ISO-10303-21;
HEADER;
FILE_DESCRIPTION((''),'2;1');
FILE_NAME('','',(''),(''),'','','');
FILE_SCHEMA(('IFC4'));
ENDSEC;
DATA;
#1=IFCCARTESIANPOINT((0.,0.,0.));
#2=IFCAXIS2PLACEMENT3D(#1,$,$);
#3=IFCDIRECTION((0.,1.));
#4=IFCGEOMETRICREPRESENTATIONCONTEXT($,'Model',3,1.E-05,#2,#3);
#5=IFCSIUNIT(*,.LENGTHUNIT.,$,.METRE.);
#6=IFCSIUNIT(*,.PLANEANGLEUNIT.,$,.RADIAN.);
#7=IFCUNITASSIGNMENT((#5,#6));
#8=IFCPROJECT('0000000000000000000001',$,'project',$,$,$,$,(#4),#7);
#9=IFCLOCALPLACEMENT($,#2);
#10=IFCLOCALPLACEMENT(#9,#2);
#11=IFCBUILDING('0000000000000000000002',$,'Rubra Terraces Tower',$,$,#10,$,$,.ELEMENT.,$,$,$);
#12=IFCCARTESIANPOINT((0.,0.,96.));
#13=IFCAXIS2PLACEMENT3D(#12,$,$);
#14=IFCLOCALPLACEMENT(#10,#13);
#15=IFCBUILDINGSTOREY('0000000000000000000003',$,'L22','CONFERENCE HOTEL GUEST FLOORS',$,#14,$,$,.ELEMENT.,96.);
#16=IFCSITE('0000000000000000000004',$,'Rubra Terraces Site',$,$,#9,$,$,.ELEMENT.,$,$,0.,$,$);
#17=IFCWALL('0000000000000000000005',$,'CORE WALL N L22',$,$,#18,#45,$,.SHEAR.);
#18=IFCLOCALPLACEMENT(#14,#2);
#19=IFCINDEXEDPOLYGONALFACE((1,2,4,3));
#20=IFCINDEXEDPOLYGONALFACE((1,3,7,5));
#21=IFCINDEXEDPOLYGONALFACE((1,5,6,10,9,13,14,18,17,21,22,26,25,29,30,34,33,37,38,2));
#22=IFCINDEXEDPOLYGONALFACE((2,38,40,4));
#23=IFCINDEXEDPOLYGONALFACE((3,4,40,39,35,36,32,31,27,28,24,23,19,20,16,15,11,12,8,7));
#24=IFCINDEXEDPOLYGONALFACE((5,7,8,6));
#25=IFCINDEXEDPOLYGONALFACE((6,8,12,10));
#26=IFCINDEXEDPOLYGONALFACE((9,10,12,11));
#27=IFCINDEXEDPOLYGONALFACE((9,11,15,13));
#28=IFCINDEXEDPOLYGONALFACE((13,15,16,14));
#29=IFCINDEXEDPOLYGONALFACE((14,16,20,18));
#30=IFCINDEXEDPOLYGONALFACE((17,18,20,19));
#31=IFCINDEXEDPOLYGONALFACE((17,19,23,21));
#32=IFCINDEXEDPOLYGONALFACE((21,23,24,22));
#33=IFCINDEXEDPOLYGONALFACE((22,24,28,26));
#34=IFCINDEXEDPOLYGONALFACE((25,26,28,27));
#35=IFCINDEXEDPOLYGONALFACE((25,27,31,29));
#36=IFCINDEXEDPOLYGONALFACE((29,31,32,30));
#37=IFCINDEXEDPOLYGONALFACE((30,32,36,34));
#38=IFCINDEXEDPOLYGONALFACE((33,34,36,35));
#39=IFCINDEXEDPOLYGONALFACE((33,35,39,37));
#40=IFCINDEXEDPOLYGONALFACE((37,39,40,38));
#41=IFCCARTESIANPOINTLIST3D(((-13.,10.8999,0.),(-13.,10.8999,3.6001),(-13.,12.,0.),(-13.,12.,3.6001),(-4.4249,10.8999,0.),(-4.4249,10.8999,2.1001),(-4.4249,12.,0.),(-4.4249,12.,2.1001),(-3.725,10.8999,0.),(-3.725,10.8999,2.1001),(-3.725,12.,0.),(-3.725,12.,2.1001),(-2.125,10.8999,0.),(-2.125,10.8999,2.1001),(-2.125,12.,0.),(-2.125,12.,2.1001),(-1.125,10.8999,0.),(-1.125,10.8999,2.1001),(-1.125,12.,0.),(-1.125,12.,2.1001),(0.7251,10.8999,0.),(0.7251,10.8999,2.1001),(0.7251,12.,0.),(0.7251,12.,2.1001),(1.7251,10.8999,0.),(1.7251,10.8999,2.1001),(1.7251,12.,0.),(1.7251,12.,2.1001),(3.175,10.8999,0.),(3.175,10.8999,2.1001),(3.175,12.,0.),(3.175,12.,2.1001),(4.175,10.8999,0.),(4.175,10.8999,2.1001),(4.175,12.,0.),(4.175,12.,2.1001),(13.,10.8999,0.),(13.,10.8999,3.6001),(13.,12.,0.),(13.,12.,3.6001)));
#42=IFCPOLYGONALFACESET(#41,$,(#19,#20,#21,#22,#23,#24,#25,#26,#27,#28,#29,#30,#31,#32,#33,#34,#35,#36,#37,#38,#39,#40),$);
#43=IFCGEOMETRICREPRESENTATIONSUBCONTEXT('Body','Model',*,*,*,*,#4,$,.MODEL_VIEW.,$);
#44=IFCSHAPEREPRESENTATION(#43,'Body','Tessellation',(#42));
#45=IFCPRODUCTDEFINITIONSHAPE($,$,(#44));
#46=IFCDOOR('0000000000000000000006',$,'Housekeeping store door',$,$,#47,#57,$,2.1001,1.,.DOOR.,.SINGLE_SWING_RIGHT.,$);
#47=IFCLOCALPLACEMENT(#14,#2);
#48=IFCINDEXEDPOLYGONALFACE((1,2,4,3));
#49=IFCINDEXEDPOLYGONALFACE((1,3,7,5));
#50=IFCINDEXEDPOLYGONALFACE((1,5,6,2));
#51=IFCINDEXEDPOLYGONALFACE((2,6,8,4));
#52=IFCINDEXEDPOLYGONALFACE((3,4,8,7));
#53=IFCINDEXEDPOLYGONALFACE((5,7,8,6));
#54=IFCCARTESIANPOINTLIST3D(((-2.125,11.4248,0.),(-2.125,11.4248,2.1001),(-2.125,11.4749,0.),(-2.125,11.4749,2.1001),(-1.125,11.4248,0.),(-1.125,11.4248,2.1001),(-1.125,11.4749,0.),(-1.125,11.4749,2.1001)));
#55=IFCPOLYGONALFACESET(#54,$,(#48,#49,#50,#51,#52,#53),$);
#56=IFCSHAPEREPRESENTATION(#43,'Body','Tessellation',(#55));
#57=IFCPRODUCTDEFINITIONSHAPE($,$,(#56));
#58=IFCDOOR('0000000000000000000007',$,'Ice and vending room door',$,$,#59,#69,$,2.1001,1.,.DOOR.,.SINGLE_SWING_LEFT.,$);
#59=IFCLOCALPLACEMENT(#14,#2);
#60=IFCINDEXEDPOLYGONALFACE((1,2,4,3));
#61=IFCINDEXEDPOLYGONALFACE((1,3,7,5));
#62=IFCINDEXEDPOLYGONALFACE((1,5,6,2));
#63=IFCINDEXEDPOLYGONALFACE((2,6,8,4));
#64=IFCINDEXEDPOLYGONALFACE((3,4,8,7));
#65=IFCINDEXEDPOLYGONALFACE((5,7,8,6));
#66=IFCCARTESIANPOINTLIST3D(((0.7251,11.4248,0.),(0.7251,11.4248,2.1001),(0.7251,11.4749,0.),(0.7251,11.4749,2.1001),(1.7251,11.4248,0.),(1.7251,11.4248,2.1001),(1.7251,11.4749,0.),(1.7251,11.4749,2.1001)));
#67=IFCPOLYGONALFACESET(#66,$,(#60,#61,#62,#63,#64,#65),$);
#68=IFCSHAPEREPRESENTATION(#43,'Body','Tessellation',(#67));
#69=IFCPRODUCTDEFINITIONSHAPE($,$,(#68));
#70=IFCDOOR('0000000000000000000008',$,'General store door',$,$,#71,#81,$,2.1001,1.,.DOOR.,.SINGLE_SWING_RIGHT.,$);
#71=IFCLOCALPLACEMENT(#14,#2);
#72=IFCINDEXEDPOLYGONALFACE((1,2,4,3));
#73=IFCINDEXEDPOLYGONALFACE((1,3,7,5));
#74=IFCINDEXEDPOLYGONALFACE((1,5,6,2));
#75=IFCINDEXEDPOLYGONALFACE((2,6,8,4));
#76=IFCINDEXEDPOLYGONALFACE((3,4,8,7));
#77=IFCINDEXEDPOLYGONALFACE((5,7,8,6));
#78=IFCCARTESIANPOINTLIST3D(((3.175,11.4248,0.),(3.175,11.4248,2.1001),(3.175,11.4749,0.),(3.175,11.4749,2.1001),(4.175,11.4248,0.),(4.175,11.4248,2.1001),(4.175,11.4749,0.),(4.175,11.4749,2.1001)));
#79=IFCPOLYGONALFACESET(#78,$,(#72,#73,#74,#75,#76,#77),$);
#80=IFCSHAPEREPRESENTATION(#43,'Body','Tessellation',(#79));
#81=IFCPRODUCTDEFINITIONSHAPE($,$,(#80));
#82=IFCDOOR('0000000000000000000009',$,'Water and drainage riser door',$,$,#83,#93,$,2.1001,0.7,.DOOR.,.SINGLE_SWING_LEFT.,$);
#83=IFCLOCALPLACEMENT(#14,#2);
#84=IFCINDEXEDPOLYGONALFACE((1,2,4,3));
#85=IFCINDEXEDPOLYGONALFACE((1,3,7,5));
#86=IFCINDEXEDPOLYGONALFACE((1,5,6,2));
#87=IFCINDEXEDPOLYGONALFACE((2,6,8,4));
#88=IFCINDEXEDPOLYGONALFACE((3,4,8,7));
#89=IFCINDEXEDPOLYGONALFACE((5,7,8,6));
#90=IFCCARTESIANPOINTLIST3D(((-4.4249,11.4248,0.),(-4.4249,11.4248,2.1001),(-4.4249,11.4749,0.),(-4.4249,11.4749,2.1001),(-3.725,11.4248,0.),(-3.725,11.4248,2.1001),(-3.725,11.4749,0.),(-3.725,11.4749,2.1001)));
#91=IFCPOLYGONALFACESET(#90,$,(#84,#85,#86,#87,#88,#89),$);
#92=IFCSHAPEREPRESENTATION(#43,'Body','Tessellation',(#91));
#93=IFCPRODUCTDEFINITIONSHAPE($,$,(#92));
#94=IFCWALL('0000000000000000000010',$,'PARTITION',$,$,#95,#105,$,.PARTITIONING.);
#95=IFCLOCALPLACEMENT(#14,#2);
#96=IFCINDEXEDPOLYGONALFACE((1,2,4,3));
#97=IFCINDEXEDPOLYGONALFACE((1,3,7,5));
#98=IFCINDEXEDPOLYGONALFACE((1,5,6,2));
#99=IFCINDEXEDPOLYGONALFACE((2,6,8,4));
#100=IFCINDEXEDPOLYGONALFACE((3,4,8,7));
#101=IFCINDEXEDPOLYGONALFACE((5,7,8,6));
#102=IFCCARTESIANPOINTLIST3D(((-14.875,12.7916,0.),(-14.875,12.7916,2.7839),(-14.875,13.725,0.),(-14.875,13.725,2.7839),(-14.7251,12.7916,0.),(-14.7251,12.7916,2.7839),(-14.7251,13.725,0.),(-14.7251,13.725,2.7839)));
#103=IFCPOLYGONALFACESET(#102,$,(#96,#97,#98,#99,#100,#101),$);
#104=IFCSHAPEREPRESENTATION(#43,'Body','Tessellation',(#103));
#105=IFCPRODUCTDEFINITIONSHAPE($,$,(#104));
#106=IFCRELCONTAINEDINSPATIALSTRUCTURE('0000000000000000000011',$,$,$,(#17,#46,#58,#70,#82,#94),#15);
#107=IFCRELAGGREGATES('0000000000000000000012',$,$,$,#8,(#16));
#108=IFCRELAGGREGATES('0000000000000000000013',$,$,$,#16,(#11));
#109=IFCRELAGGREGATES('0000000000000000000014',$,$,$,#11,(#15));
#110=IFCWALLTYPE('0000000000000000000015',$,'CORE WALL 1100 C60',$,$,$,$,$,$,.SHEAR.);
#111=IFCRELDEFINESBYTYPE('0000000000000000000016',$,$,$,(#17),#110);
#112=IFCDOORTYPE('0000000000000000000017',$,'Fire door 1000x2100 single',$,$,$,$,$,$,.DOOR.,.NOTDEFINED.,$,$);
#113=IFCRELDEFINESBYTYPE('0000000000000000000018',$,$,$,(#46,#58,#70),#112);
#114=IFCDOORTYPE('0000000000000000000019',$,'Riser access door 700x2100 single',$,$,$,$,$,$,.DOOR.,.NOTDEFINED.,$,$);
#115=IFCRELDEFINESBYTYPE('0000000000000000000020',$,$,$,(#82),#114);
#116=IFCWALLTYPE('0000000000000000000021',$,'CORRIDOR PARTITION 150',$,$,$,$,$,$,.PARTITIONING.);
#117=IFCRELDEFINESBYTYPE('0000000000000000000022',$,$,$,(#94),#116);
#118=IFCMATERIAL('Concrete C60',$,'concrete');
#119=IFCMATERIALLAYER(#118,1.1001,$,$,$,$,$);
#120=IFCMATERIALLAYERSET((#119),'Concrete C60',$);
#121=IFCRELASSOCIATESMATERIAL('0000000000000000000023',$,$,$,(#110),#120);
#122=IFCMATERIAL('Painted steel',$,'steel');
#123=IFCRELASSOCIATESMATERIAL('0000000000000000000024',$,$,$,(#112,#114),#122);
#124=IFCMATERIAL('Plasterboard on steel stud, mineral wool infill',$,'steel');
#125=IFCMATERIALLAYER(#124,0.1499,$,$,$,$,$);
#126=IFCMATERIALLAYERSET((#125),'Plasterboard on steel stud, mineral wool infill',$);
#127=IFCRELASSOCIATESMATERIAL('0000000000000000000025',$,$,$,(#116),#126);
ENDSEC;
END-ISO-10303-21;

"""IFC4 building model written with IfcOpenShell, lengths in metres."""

from ifc_helpers import new_model, si_unit, direction, frame, frame_2d, origin, place, context, subcontext, project, spatial, rectangle, extrude, material, layer, layer_set, type_object, element, fill, save


model = new_model("IFC4")

# Units and contexts
model_context = context("Model", 3, precision=1e-05, world=origin(), true_north=direction((0.0, 1.0)))
body_context = subcontext(model_context, "Body", "Model", "MODEL_VIEW")
ifc_project = project(units=[si_unit("LENGTHUNIT", "METRE"), si_unit("PLANEANGLEUNIT", "RADIAN")], contexts=[model_context])

# Site, building, storey
site_placement = place(None, origin())
site = spatial("IfcSite", under=ifc_project, at=site_placement, Name="Rubra Terraces Site", CompositionType="ELEMENT", RefElevation=0.0)
building_placement = place(site_placement, origin())
building = spatial("IfcBuilding", under=site, at=building_placement, Name="Rubra Terraces Tower", CompositionType="ELEMENT")
storey_placement = place(building_placement, frame((0.0, 0.0, 96.0)))
storey = spatial("IfcBuildingStorey", under=building, at=storey_placement, Name="L22", Description="CONFERENCE HOTEL GUEST FLOORS", CompositionType="ELEMENT", Elevation=96.0)

# Shared definitions
ifc_material_1 = material(Name="Concrete C60", Category="concrete")

# Wall, openings, doors
ifc_layer_1 = layer(ifc_material_1, 1.1001)
ifc_layer_set_1 = layer_set([ifc_layer_1], Name="Concrete C60")
wall_type_1 = type_object("IfcWallType", Name="CORE WALL 1100 C60", PredefinedType="SHEAR", material=ifc_layer_set_1)
wall_1_placement = place(storey_placement, frame((-13.0, 11.45, 0.0), z_axis=(0.0, 0.0, 1.0), x_axis=(1.0, 0.0, 0.0)))
wall_1 = element("IfcWall", 1, at=wall_1_placement, inside=storey, type_object=wall_type_1, Name="CORE WALL N L22", PredefinedType="SHEAR", context=body_context, shape_type="SweptSolid", body=[
    extrude(rectangle(XDim=26.0, YDim=1.1001, at=frame_2d((13.0, 0.0))), origin(), (0.0, 0.0, 1.0), 3.6001),
])
opening_1_placement = place(wall_1_placement, frame((8.575, 0.0, 0.0)))
opening_1 = element("IfcOpeningElement", 2, at=opening_1_placement, cuts=wall_1, PredefinedType="OPENING", context=body_context, shape_type="SweptSolid", body=[
    extrude(rectangle(XDim=0.7, YDim=2.1001, at=frame_2d((0.3501, 1.05))), frame((0.0, 0.5601, 0.0), z_axis=(0.0, -1.0, 0.0), x_axis=(1.0, 0.0, 0.0)), (0.0, 0.0, 1.0), 1.1201),
])
opening_2_placement = place(wall_1_placement, frame((10.875, 0.0, 0.0)))
opening_2 = element("IfcOpeningElement", 3, at=opening_2_placement, cuts=wall_1, PredefinedType="OPENING", context=body_context, shape_type="SweptSolid", body=[
    extrude(rectangle(XDim=1.0, YDim=2.1001, at=frame_2d((0.5, 1.05))), frame((0.0, 0.5601, 0.0), z_axis=(0.0, -1.0, 0.0), x_axis=(1.0, 0.0, 0.0)), (0.0, 0.0, 1.0), 1.1201),
])
opening_3_placement = place(wall_1_placement, frame((13.7251, 0.0, 0.0)))
opening_3 = element("IfcOpeningElement", 4, at=opening_3_placement, cuts=wall_1, PredefinedType="OPENING", context=body_context, shape_type="SweptSolid", body=[
    extrude(rectangle(XDim=1.0, YDim=2.1001, at=frame_2d((0.5, 1.05))), frame((0.0, 0.5601, 0.0), z_axis=(0.0, -1.0, 0.0), x_axis=(1.0, 0.0, 0.0)), (0.0, 0.0, 1.0), 1.1201),
])
opening_4_placement = place(wall_1_placement, frame((16.175, 0.0, 0.0)))
opening_4 = element("IfcOpeningElement", 5, at=opening_4_placement, cuts=wall_1, PredefinedType="OPENING", context=body_context, shape_type="SweptSolid", body=[
    extrude(rectangle(XDim=1.0, YDim=2.1001, at=frame_2d((0.5, 1.05))), frame((0.0, 0.5601, 0.0), z_axis=(0.0, -1.0, 0.0), x_axis=(1.0, 0.0, 0.0)), (0.0, 0.0, 1.0), 1.1201),
])
ifc_material_2 = material(Name="Painted steel", Category="steel")
door_type_1 = type_object("IfcDoorType", Name="Fire door 1000x2100 single", OperationType="NOTDEFINED", PredefinedType="DOOR", material=ifc_material_2)
door_1_placement = place(opening_2_placement, origin())
door_1 = element("IfcDoor", 6, at=door_1_placement, inside=storey, type_object=door_type_1, Name="Housekeeping store door", OperationType="SINGLE_SWING_RIGHT", OverallHeight=2.1001, OverallWidth=1.0, PredefinedType="DOOR", context=body_context, shape_type="SweptSolid", body=[
    extrude(rectangle(XDim=1.0, YDim=2.1001, at=frame_2d((0.5, 1.05))), frame((0.0, 0.0249, 0.0), z_axis=(0.0, -1.0, 0.0), x_axis=(1.0, 0.0, 0.0)), (0.0, 0.0, 1.0), 0.05),
])
fill(opening_2, door_1)
door_2_placement = place(opening_3_placement, origin())
door_2 = element("IfcDoor", 7, at=door_2_placement, inside=storey, type_object=door_type_1, Name="Ice and vending room door", OperationType="SINGLE_SWING_LEFT", OverallHeight=2.1001, OverallWidth=1.0, PredefinedType="DOOR", context=body_context, shape_type="SweptSolid", body=[
    extrude(rectangle(XDim=1.0, YDim=2.1001, at=frame_2d((0.5, 1.05))), frame((0.0, 0.0249, 0.0), z_axis=(0.0, -1.0, 0.0), x_axis=(1.0, 0.0, 0.0)), (0.0, 0.0, 1.0), 0.05),
])
fill(opening_3, door_2)
door_3_placement = place(opening_4_placement, origin())
door_3 = element("IfcDoor", 8, at=door_3_placement, inside=storey, type_object=door_type_1, Name="General store door", OperationType="SINGLE_SWING_RIGHT", OverallHeight=2.1001, OverallWidth=1.0, PredefinedType="DOOR", context=body_context, shape_type="SweptSolid", body=[
    extrude(rectangle(XDim=1.0, YDim=2.1001, at=frame_2d((0.5, 1.05))), frame((0.0, 0.0249, 0.0), z_axis=(0.0, -1.0, 0.0), x_axis=(1.0, 0.0, 0.0)), (0.0, 0.0, 1.0), 0.05),
])
fill(opening_4, door_3)
door_type_2 = type_object("IfcDoorType", Name="Riser access door 700x2100 single", OperationType="NOTDEFINED", PredefinedType="DOOR", material=ifc_material_2)
door_4_placement = place(opening_1_placement, origin())
door_4 = element("IfcDoor", 9, at=door_4_placement, inside=storey, type_object=door_type_2, Name="Water and drainage riser door", OperationType="SINGLE_SWING_LEFT", OverallHeight=2.1001, OverallWidth=0.7, PredefinedType="DOOR", context=body_context, shape_type="SweptSolid", body=[
    extrude(rectangle(XDim=0.7, YDim=2.1001, at=frame_2d((0.3501, 1.05))), frame((0.0, 0.0249, 0.0), z_axis=(0.0, -1.0, 0.0), x_axis=(1.0, 0.0, 0.0)), (0.0, 0.0, 1.0), 0.05),
])
fill(opening_1, door_4)

# Wall
ifc_material_3 = material(Name="Plasterboard on steel stud, mineral wool infill", Category="steel")
ifc_layer_2 = layer(ifc_material_3, 0.1499)
ifc_layer_set_2 = layer_set([ifc_layer_2], Name="Plasterboard on steel stud, mineral wool infill")
wall_type_2 = type_object("IfcWallType", Name="CORRIDOR PARTITION 150", PredefinedType="PARTITIONING", material=ifc_layer_set_2)
wall_2_placement = place(storey_placement, frame((-14.8, 13.7251, 0.0), z_axis=(0.0, 0.0, 1.0), x_axis=(0.0, -1.0, 0.0)))
element("IfcWall", 10, at=wall_2_placement, inside=storey, type_object=wall_type_2, Name="PARTITION", PredefinedType="PARTITIONING", context=body_context, shape_type="SweptSolid", body=[
    extrude(rectangle(XDim=0.9333, YDim=0.1499, at=frame_2d((0.4668, 0.0))), origin(), (0.0, 0.0, 1.0), 2.7839),
])

save(model, "model.ifc")
